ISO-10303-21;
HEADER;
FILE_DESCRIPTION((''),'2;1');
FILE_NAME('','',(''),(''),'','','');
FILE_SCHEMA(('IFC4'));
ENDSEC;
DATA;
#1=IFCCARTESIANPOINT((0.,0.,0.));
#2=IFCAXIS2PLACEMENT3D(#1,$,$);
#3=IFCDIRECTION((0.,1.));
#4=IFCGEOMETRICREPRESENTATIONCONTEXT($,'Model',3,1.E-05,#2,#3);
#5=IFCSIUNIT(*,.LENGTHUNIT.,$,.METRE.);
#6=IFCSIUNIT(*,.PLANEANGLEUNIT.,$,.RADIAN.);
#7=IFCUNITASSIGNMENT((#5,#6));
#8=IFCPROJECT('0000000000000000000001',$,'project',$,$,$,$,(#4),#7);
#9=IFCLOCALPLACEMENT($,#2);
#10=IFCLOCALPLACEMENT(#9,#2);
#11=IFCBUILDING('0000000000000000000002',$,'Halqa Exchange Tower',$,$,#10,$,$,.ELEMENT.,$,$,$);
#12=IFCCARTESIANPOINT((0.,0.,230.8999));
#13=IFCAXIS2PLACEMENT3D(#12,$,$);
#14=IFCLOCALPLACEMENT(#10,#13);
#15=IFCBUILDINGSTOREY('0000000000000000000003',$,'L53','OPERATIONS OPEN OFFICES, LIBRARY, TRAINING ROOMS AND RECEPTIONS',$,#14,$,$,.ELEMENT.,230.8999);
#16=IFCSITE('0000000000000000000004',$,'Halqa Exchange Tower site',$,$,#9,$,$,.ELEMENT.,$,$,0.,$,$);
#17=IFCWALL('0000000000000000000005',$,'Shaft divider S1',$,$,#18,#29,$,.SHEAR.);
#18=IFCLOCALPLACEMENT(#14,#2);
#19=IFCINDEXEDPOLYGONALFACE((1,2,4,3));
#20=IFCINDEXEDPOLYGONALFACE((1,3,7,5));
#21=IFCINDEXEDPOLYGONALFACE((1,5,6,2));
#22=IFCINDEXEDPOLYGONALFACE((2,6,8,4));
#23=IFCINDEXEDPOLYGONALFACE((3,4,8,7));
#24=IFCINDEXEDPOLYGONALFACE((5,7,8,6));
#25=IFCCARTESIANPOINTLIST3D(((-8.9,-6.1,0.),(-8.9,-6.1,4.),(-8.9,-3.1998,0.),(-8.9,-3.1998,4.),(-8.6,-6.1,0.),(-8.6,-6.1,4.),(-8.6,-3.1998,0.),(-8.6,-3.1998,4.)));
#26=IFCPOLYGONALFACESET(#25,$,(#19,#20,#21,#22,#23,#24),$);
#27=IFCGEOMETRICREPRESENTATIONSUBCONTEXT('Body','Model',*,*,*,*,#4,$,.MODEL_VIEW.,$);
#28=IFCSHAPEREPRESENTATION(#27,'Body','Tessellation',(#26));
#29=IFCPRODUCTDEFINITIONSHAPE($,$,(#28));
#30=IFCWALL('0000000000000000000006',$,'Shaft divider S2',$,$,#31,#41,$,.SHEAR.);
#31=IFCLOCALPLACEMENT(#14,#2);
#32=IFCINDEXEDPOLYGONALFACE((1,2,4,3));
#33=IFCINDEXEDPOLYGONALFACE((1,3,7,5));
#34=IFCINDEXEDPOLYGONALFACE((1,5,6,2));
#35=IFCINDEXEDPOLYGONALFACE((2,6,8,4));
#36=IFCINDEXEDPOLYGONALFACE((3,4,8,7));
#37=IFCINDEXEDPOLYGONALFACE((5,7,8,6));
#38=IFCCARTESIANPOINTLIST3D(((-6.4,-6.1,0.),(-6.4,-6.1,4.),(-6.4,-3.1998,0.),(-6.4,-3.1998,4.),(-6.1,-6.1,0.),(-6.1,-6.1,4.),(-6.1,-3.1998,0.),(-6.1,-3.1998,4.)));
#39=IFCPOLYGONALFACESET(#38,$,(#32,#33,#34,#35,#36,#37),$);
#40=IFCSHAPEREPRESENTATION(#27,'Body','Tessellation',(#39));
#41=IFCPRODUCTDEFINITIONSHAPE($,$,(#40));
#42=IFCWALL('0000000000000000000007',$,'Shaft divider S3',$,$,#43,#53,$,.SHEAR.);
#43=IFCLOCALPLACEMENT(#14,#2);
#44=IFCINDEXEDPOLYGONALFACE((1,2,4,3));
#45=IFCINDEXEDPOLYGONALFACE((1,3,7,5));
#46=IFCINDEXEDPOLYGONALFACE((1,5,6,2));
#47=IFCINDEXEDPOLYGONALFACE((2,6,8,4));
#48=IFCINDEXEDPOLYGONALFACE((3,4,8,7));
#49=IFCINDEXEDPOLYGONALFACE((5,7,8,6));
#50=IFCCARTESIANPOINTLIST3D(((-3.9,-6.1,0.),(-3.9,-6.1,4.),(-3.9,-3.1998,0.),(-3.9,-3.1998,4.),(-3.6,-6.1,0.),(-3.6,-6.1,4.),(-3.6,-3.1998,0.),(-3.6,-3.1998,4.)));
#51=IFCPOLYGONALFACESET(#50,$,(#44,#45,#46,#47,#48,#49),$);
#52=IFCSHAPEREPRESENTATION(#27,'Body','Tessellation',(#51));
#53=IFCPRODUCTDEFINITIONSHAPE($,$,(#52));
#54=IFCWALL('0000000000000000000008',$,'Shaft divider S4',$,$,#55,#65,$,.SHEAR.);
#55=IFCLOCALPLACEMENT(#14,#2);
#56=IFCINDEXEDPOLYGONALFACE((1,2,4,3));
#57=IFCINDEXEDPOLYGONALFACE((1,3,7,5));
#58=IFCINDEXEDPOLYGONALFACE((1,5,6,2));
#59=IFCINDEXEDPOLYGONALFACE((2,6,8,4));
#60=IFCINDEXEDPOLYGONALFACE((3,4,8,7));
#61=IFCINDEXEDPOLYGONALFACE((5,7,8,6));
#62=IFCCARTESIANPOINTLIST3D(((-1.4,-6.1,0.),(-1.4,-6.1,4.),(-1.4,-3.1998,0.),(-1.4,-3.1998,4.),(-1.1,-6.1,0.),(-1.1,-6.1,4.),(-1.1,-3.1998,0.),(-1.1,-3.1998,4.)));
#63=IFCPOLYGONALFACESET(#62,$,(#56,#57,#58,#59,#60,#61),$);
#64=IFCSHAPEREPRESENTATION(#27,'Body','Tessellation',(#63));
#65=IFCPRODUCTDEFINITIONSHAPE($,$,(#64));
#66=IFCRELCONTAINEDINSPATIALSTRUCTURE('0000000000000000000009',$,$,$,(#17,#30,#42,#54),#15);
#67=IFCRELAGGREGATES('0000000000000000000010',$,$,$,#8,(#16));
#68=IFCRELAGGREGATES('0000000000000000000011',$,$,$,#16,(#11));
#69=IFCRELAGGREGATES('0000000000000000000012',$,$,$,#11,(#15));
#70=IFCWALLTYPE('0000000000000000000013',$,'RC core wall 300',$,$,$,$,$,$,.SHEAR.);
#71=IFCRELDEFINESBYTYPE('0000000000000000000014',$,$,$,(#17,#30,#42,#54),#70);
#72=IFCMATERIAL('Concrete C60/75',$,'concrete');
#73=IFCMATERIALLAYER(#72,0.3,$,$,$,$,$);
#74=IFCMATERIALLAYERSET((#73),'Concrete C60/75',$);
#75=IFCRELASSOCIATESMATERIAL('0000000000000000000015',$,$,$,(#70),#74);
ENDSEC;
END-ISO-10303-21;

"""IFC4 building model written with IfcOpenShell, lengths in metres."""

from ifc_helpers import new_model, si_unit, direction, frame, frame_2d, origin, place, context, subcontext, project, spatial, rectangle, extrude, material, layer, layer_set, type_object, element, save


model = new_model("IFC4")

# Units and contexts
model_context = context("Model", 3, precision=1e-05, world=origin(), true_north=direction((0.0, 1.0)))
body_context = subcontext(model_context, "Body", "Model", "MODEL_VIEW")
ifc_project = project(units=[si_unit("LENGTHUNIT", "METRE"), si_unit("PLANEANGLEUNIT", "RADIAN")], contexts=[model_context])

# Site, building, storey
site_placement = place(None, origin())
site = spatial("IfcSite", under=ifc_project, at=site_placement, Name="Halqa Exchange Tower site", CompositionType="ELEMENT", RefElevation=0.0)
building_placement = place(site_placement, origin())
building = spatial("IfcBuilding", under=site, at=building_placement, Name="Halqa Exchange Tower", CompositionType="ELEMENT")
storey_placement = place(building_placement, frame((0.0, 0.0, 230.8999)))
storey = spatial("IfcBuildingStorey", under=building, at=storey_placement, Name="L53", Description="OPERATIONS OPEN OFFICES, LIBRARY, TRAINING ROOMS AND RECEPTIONS", CompositionType="ELEMENT", Elevation=230.8999)

# Walls
ifc_material_1 = material(Name="Concrete C60/75", Category="concrete")
ifc_layer_1 = layer(ifc_material_1, 0.3)
ifc_layer_set_1 = layer_set([ifc_layer_1], Name="Concrete C60/75")
wall_type_1 = type_object("IfcWallType", Name="RC core wall 300", PredefinedType="SHEAR", material=ifc_layer_set_1)
for number, where, z_axis, x_axis, name in (
    (1, (-8.75, -6.1001, 0.0), (0.0, 0.0, 1.0), (0.0, 1.0, 0.0), "Shaft divider S1"),
    (2, (-6.25, -6.1001, 0.0), (0.0, 0.0, 1.0), (0.0, 1.0, 0.0), "Shaft divider S2"),
    (3, (-3.75, -6.1001, 0.0), (0.0, 0.0, 1.0), (0.0, 1.0, 0.0), "Shaft divider S3"),
    (4, (-1.25, -6.1001, 0.0), (0.0, 0.0, 1.0), (0.0, 1.0, 0.0), "Shaft divider S4"),
):
    element("IfcWall", number, at=place(storey_placement, frame(where, z_axis=z_axis, x_axis=x_axis)), inside=storey, type_object=wall_type_1, Name=name, PredefinedType="SHEAR", context=body_context, shape_type="SweptSolid", body=[
        extrude(rectangle(XDim=2.9001, YDim=0.3, at=frame_2d((1.4502, 0.0))), origin(), (0.0, 0.0, 1.0), 4.0),
    ])

save(model, "model.ifc")
